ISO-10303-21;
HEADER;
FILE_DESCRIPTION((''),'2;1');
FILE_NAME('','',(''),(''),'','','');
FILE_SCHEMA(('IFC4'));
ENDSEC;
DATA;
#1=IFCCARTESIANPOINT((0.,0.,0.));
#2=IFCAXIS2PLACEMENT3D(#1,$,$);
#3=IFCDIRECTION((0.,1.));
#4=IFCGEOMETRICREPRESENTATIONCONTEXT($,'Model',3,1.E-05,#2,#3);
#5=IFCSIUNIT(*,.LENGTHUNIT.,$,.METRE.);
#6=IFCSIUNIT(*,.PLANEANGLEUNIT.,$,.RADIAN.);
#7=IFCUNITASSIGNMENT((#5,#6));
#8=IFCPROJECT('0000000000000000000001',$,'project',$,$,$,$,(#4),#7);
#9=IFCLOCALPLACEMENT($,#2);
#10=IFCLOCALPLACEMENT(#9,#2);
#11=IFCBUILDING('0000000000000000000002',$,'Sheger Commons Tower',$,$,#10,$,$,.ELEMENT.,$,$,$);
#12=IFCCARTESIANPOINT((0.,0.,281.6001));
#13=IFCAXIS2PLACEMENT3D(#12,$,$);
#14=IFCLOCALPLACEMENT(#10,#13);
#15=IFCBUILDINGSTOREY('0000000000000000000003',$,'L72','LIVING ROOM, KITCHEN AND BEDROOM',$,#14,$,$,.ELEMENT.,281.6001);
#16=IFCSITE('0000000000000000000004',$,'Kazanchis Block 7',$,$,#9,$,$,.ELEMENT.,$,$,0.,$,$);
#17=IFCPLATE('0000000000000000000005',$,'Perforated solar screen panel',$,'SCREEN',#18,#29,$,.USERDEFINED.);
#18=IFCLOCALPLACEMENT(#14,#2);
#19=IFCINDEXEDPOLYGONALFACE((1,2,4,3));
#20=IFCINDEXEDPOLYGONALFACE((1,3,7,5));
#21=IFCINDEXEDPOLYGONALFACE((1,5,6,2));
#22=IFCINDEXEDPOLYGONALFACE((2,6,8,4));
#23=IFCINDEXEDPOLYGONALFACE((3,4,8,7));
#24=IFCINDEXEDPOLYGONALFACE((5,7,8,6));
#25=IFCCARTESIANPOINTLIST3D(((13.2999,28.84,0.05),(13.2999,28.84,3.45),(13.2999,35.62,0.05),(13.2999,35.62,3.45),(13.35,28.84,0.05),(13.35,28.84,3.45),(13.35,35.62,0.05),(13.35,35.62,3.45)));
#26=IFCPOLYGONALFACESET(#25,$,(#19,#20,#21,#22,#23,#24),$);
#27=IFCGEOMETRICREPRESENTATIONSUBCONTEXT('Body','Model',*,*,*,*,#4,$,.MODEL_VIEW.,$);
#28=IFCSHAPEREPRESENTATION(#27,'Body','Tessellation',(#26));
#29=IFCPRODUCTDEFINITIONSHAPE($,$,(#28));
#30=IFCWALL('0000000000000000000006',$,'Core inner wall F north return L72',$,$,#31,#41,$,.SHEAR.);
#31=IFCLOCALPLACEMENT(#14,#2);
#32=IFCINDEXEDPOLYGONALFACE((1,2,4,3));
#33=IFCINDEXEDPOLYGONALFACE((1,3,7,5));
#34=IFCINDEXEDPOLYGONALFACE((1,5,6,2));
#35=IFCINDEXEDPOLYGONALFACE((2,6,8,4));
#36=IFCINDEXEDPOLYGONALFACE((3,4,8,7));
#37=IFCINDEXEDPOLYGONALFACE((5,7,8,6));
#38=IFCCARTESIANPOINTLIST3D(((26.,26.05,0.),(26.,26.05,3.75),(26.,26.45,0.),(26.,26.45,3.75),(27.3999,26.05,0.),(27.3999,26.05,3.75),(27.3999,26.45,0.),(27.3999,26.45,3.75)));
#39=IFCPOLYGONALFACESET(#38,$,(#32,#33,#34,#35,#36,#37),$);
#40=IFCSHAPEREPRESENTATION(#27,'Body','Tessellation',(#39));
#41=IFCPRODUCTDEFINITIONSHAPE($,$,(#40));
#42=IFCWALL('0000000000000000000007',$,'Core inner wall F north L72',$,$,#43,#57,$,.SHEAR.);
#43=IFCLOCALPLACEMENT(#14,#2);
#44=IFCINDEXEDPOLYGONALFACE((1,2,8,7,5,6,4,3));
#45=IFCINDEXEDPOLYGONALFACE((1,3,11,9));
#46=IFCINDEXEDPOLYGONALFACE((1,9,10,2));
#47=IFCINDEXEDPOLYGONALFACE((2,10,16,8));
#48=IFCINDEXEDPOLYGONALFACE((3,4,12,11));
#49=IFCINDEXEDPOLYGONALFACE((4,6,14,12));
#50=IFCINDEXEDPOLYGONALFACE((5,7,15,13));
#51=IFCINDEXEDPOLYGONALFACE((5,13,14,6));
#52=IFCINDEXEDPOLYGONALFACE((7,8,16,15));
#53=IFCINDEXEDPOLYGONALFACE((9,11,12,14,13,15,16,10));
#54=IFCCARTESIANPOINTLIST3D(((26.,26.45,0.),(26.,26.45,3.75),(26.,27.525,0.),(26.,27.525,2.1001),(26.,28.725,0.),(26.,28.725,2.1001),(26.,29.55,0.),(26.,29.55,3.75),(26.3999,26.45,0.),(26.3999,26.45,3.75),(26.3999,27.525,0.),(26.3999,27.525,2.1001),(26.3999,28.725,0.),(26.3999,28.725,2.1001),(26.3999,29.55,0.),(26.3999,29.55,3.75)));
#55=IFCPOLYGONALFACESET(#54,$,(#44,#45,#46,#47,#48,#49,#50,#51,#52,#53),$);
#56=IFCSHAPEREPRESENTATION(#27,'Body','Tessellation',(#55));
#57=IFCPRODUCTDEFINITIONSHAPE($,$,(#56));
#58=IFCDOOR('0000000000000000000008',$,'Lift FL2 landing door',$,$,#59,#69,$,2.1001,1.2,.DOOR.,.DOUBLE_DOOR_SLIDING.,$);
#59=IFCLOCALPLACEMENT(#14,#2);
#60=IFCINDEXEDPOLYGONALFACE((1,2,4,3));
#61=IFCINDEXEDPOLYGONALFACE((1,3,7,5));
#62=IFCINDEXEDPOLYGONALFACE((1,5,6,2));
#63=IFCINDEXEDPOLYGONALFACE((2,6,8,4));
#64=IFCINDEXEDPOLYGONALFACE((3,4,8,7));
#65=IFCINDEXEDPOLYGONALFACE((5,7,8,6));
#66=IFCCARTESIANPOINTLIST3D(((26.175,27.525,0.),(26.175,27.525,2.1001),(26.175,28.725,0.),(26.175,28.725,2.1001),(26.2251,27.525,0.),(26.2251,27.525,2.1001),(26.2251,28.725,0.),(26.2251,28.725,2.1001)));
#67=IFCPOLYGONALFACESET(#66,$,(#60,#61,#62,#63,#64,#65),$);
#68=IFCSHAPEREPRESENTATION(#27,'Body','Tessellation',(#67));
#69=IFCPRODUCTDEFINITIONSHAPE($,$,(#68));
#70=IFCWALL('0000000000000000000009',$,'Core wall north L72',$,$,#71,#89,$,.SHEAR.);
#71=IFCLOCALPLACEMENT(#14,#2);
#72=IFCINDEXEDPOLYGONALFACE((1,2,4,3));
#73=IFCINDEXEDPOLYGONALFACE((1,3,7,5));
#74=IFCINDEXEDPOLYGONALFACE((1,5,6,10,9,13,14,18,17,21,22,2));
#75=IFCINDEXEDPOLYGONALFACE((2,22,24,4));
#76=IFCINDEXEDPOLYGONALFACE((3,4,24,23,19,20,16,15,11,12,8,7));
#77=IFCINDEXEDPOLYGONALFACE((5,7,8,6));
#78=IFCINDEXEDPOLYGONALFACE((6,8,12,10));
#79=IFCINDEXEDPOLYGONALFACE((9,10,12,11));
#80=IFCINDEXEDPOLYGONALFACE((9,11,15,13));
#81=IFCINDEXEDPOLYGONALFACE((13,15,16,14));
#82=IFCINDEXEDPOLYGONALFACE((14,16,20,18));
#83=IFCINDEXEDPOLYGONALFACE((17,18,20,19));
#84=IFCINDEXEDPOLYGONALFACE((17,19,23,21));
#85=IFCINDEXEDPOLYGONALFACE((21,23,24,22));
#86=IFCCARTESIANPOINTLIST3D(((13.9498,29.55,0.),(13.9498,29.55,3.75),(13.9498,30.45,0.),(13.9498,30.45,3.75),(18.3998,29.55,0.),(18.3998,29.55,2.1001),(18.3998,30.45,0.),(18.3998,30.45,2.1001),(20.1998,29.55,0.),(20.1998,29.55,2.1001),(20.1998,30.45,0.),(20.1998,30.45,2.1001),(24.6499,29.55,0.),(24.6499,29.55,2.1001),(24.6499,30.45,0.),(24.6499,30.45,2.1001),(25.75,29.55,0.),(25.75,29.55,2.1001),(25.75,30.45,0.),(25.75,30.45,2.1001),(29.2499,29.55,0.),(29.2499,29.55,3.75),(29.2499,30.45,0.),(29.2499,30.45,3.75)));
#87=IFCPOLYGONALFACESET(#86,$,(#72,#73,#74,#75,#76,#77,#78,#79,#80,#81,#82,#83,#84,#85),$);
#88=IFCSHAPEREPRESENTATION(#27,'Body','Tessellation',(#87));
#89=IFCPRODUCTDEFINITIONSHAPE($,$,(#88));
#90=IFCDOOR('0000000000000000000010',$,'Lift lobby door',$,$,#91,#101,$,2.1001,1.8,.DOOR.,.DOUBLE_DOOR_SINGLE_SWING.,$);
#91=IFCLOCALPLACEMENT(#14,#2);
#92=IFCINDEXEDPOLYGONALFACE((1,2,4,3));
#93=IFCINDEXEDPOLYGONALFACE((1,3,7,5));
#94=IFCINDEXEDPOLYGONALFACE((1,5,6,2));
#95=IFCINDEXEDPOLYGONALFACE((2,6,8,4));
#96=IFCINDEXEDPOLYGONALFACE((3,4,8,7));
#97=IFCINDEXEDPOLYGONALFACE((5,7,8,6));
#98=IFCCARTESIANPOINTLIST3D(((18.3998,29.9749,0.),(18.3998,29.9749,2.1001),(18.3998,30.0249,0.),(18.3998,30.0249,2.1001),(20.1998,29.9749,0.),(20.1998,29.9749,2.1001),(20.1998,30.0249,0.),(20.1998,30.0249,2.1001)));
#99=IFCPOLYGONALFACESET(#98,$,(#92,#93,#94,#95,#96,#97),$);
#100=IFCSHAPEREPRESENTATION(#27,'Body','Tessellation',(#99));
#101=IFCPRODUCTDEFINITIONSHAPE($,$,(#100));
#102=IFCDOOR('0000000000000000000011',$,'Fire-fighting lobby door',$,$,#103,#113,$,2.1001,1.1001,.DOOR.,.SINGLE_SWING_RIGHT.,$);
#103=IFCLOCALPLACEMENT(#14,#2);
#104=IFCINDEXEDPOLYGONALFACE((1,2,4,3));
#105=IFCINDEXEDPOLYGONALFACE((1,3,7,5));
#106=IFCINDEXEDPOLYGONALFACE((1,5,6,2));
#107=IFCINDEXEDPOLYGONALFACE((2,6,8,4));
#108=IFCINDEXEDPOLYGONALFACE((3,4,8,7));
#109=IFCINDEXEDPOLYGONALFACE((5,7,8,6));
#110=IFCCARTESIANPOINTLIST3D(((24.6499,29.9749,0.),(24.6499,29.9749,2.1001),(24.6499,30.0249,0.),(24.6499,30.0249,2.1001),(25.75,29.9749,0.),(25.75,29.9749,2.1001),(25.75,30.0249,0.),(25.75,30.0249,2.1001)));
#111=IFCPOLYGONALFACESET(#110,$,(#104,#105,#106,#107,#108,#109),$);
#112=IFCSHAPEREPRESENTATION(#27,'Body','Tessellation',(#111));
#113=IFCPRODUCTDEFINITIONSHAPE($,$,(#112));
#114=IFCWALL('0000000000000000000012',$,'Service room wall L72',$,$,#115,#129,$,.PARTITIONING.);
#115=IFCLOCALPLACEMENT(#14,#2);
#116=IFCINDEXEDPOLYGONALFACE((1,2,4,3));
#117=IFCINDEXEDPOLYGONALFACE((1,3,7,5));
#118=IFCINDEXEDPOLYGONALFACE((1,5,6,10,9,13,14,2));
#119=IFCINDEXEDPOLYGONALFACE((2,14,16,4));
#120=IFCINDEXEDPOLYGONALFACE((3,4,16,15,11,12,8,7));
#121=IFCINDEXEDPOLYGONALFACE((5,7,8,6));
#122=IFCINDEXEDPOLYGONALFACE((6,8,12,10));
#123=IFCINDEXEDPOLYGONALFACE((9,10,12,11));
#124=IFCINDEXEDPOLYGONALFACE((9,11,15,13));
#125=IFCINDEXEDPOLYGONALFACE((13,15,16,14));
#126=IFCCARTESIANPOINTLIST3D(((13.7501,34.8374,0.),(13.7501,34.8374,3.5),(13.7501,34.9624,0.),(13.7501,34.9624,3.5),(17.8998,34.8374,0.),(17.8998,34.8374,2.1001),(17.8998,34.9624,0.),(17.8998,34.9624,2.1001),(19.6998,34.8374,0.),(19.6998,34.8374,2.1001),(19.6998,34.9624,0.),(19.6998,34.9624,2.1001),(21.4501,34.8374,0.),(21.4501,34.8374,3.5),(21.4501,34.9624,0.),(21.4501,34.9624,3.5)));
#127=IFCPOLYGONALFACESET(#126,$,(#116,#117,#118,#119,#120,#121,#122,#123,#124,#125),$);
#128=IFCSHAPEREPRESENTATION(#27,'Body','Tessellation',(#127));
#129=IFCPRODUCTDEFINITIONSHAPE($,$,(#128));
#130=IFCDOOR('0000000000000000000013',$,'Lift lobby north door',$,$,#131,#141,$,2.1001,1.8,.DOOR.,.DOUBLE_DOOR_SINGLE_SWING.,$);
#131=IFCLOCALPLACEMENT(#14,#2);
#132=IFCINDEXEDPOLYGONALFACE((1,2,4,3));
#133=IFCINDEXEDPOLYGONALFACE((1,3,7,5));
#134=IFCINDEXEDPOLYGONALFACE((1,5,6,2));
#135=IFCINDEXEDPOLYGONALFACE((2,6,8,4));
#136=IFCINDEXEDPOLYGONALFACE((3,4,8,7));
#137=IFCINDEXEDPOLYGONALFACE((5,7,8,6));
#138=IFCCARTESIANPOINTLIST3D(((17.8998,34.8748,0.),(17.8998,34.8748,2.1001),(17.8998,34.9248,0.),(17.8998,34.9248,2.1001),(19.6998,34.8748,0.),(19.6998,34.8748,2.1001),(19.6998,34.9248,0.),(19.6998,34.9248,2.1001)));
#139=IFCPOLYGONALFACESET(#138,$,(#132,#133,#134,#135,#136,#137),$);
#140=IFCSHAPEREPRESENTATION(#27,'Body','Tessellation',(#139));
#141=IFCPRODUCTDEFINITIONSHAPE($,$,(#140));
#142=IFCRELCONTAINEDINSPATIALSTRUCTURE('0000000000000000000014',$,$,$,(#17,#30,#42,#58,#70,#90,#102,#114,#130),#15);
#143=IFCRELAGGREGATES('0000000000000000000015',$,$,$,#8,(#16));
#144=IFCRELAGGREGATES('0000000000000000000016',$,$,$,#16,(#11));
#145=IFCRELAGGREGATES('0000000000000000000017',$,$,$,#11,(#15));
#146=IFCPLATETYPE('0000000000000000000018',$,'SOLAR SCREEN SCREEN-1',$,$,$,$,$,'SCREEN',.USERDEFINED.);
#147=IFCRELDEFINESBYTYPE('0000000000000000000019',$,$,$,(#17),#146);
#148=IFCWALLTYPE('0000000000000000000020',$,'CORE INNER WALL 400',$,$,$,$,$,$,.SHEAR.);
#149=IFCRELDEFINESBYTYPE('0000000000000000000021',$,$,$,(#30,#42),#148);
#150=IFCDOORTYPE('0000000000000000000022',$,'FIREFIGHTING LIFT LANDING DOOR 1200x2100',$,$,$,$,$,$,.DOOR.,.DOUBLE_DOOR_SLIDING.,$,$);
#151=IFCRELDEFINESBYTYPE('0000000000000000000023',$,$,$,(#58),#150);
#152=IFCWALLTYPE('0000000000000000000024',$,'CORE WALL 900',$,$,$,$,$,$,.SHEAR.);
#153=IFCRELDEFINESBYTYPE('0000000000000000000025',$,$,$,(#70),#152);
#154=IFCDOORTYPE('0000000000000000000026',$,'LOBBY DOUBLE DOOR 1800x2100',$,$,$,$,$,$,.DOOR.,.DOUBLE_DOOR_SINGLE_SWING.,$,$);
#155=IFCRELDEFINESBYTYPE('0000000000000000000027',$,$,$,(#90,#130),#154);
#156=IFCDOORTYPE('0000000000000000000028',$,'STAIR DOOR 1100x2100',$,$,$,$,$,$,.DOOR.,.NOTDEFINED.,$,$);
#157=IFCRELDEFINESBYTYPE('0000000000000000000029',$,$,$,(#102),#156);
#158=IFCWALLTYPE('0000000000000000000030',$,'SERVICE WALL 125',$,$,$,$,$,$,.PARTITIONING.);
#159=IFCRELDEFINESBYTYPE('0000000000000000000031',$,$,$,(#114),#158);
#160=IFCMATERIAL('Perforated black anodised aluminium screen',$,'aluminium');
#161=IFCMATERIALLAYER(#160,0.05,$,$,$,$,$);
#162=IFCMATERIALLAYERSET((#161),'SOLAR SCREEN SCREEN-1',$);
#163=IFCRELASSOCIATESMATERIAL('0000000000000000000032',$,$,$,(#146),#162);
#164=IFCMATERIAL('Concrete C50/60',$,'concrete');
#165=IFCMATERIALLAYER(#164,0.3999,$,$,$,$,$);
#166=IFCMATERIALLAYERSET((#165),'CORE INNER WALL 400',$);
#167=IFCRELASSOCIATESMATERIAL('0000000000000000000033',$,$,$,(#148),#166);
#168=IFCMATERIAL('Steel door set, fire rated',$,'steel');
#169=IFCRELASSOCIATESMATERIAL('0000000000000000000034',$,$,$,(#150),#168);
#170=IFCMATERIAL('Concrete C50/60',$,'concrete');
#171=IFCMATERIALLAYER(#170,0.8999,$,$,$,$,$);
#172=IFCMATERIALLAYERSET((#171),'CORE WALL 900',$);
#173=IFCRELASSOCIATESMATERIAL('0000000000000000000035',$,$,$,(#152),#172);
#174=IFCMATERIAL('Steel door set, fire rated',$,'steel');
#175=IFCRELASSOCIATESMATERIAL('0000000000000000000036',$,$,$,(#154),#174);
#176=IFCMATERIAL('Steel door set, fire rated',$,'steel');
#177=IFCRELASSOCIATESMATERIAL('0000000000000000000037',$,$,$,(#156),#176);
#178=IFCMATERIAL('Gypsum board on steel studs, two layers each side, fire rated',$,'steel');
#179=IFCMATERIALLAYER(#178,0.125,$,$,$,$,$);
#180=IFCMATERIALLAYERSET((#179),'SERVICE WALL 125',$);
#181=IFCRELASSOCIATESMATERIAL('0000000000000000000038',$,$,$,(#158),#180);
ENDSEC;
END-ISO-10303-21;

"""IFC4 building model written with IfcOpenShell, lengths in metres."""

from ifc_helpers import new_model, si_unit, direction, frame, frame_2d, origin, origin_2d, place, context, subcontext, project, spatial, rectangle, extrude, material, layer, layer_set, type_object, element, fill, save


model = new_model("IFC4")

# Units and contexts
model_context = context("Model", 3, precision=1e-05, world=origin(), true_north=direction((0.0, 1.0)))
body_context = subcontext(model_context, "Body", "Model", "MODEL_VIEW")
ifc_project = project(units=[si_unit("LENGTHUNIT", "METRE"), si_unit("PLANEANGLEUNIT", "RADIAN")], contexts=[model_context])

# Site, building, storey
site_placement = place(None, origin())
site = spatial("IfcSite", under=ifc_project, at=site_placement, Name="Kazanchis Block 7", CompositionType="ELEMENT", RefElevation=0.0)
building_placement = place(site_placement, origin())
building = spatial("IfcBuilding", under=site, at=building_placement, Name="Sheger Commons Tower", CompositionType="ELEMENT")
storey_placement = place(building_placement, frame((0.0, 0.0, 281.6001)))
storey = spatial("IfcBuildingStorey", under=building, at=storey_placement, Name="L72", Description="LIVING ROOM, KITCHEN AND BEDROOM", CompositionType="ELEMENT", Elevation=281.6001)

# Plate
ifc_material_1 = material(Name="Perforated black anodised aluminium screen", Category="aluminium")
ifc_layer_1 = layer(ifc_material_1, 0.05)
ifc_layer_set_1 = layer_set([ifc_layer_1], Name="SOLAR SCREEN SCREEN-1")
plate_type = type_object("IfcPlateType", Name="SOLAR SCREEN SCREEN-1", ElementType="SCREEN", PredefinedType="USERDEFINED", material=ifc_layer_set_1)
plate_placement = place(storey_placement, frame((13.325, 32.23, 0.05), z_axis=(0.0, 0.0, 1.0), x_axis=(0.0, -1.0, 0.0)))
element("IfcPlate", 1, at=plate_placement, inside=storey, type_object=plate_type, Name="Perforated solar screen panel", ObjectType="SCREEN", PredefinedType="USERDEFINED", context=body_context, shape_type="SweptSolid", body=[
    extrude(rectangle(XDim=6.78, YDim=0.05, at=origin_2d()), origin(), (0.0, 0.0, 1.0), 3.3999),
])

# Wall
ifc_material_2 = material(Name="Concrete C50/60", Category="concrete")
ifc_layer_2 = layer(ifc_material_2, 0.3999)
ifc_layer_set_2 = layer_set([ifc_layer_2], Name="CORE INNER WALL 400")
wall_type_1 = type_object("IfcWallType", Name="CORE INNER WALL 400", PredefinedType="SHEAR", material=ifc_layer_set_2)
wall_1_placement = place(storey_placement, frame((26.0, 26.25, 0.0), z_axis=(0.0, 0.0, 1.0), x_axis=(1.0, 0.0, 0.0)))
element("IfcWall", 2, at=wall_1_placement, inside=storey, type_object=wall_type_1, Name="Core inner wall F north return L72", PredefinedType="SHEAR", context=body_context, shape_type="SweptSolid", body=[
    extrude(rectangle(XDim=1.3999, YDim=0.3999, at=frame_2d((0.7, 0.0))), origin(), (0.0, 0.0, 1.0), 3.75),
])

# Wall, opening, door
wall_2_placement = place(storey_placement, frame((26.2, 26.45, 0.0), z_axis=(0.0, 0.0, 1.0), x_axis=(0.0, 1.0, 0.0)))
wall_2 = element("IfcWall", 3, at=wall_2_placement, inside=storey, type_object=wall_type_1, Name="Core inner wall F north L72", PredefinedType="SHEAR", context=body_context, shape_type="SweptSolid", body=[
    extrude(rectangle(XDim=3.1001, YDim=0.3999, at=frame_2d((1.55, 0.0))), origin(), (0.0, 0.0, 1.0), 3.75),
])
opening_1_placement = place(wall_2_placement, frame((1.075, 0.0, 0.0)))
opening_1 = element("IfcOpeningElement", 4, at=opening_1_placement, cuts=wall_2, PredefinedType="OPENING", context=body_context, shape_type="SweptSolid", body=[
    extrude(rectangle(XDim=1.2, YDim=2.1001, at=frame_2d((0.6001, 1.05))), frame((0.0, 0.21, 0.0), z_axis=(0.0, -1.0, 0.0), x_axis=(1.0, 0.0, 0.0)), (0.0, 0.0, 1.0), 0.4199),
])
ifc_material_3 = material(Name="Steel door set, fire rated", Category="steel")
door_type_1 = type_object("IfcDoorType", Name="FIREFIGHTING LIFT LANDING DOOR 1200x2100", OperationType="DOUBLE_DOOR_SLIDING", PredefinedType="DOOR", material=ifc_material_3)
door_1_placement = place(opening_1_placement, origin())
door_1 = element("IfcDoor", 5, at=door_1_placement, inside=storey, type_object=door_type_1, Name="Lift FL2 landing door", OperationType="DOUBLE_DOOR_SLIDING", OverallHeight=2.1001, OverallWidth=1.2, PredefinedType="DOOR", context=body_context, shape_type="SweptSolid", body=[
    extrude(rectangle(XDim=1.2, YDim=2.1001, at=frame_2d((0.6001, 1.05))), frame((0.0, 0.0249, 0.0), z_axis=(0.0, -1.0, 0.0), x_axis=(1.0, 0.0, 0.0)), (0.0, 0.0, 1.0), 0.05),
])
fill(opening_1, door_1)

# Wall, openings, doors
ifc_material_4 = material(Name="Concrete C50/60", Category="concrete")
ifc_layer_3 = layer(ifc_material_4, 0.8999)
ifc_layer_set_3 = layer_set([ifc_layer_3], Name="CORE WALL 900")
wall_type_2 = type_object("IfcWallType", Name="CORE WALL 900", PredefinedType="SHEAR", material=ifc_layer_set_3)
wall_3_placement = place(storey_placement, frame((13.95, 30.0, 0.0), z_axis=(0.0, 0.0, 1.0), x_axis=(1.0, 0.0, 0.0)))
wall_3 = element("IfcWall", 6, at=wall_3_placement, inside=storey, type_object=wall_type_2, Name="Core wall north L72", PredefinedType="SHEAR", context=body_context, shape_type="SweptSolid", body=[
    extrude(rectangle(XDim=15.3, YDim=0.8999, at=frame_2d((7.6499, 0.0))), origin(), (0.0, 0.0, 1.0), 3.75),
])
opening_2_placement = place(wall_3_placement, frame((4.45, 0.0, 0.0)))
opening_2 = element("IfcOpeningElement", 7, at=opening_2_placement, cuts=wall_3, PredefinedType="OPENING", context=body_context, shape_type="SweptSolid", body=[
    extrude(rectangle(XDim=1.8, YDim=2.1001, at=frame_2d((0.8999, 1.05))), frame((0.0, 0.46, 0.0), z_axis=(0.0, -1.0, 0.0), x_axis=(1.0, 0.0, 0.0)), (0.0, 0.0, 1.0), 0.9199),
])
opening_3_placement = place(wall_3_placement, frame((10.7, 0.0, 0.0)))
opening_3 = element("IfcOpeningElement", 8, at=opening_3_placement, cuts=wall_3, PredefinedType="OPENING", context=body_context, shape_type="SweptSolid", body=[
    extrude(rectangle(XDim=1.1001, YDim=2.1001, at=frame_2d((0.55, 1.05))), frame((0.0, 0.46, 0.0), z_axis=(0.0, -1.0, 0.0), x_axis=(1.0, 0.0, 0.0)), (0.0, 0.0, 1.0), 0.9199),
])
ifc_material_5 = material(Name="Steel door set, fire rated", Category="steel")
door_type_2 = type_object("IfcDoorType", Name="LOBBY DOUBLE DOOR 1800x2100", OperationType="DOUBLE_DOOR_SINGLE_SWING", PredefinedType="DOOR", material=ifc_material_5)
door_2_placement = place(opening_2_placement, origin())
door_2 = element("IfcDoor", 9, at=door_2_placement, inside=storey, type_object=door_type_2, Name="Lift lobby door", OperationType="DOUBLE_DOOR_SINGLE_SWING", OverallHeight=2.1001, OverallWidth=1.8, PredefinedType="DOOR", context=body_context, shape_type="SweptSolid", body=[
    extrude(rectangle(XDim=1.8, YDim=2.1001, at=frame_2d((0.8999, 1.05))), frame((0.0, 0.0249, 0.0), z_axis=(0.0, -1.0, 0.0), x_axis=(1.0, 0.0, 0.0)), (0.0, 0.0, 1.0), 0.05),
])
fill(opening_2, door_2)
ifc_material_6 = material(Name="Steel door set, fire rated", Category="steel")
door_type_3 = type_object("IfcDoorType", Name="STAIR DOOR 1100x2100", OperationType="NOTDEFINED", PredefinedType="DOOR", material=ifc_material_6)
door_3_placement = place(opening_3_placement, origin())
door_3 = element("IfcDoor", 10, at=door_3_placement, inside=storey, type_object=door_type_3, Name="Fire-fighting lobby door", OperationType="SINGLE_SWING_RIGHT", OverallHeight=2.1001, OverallWidth=1.1001, PredefinedType="DOOR", context=body_context, shape_type="SweptSolid", body=[
    extrude(rectangle(XDim=1.1001, YDim=2.1001, at=frame_2d((0.55, 1.05))), frame((0.0, 0.0249, 0.0), z_axis=(0.0, -1.0, 0.0), x_axis=(1.0, 0.0, 0.0)), (0.0, 0.0, 1.0), 0.05),
])
fill(opening_3, door_3)

# Wall, opening, door
ifc_material_7 = material(Name="Gypsum board on steel studs, two layers each side, fire rated", Category="steel")
ifc_layer_4 = layer(ifc_material_7, 0.125)
ifc_layer_set_4 = layer_set([ifc_layer_4], Name="SERVICE WALL 125")
wall_type_3 = type_object("IfcWallType", Name="SERVICE WALL 125", PredefinedType="PARTITIONING", material=ifc_layer_set_4)
wall_4_placement = place(storey_placement, frame((13.75, 34.8999, 0.0), z_axis=(0.0, 0.0, 1.0), x_axis=(1.0, 0.0, 0.0)))
wall_4 = element("IfcWall", 11, at=wall_4_placement, inside=storey, type_object=wall_type_3, Name="Service room wall L72", PredefinedType="PARTITIONING", context=body_context, shape_type="SweptSolid", body=[
    extrude(rectangle(XDim=7.7, YDim=0.125, at=frame_2d((3.8501, 0.0))), origin(), (0.0, 0.0, 1.0), 3.5),
])
opening_4_placement = place(wall_4_placement, frame((4.1499, 0.0, 0.0)))
opening_4 = element("IfcOpeningElement", 12, at=opening_4_placement, cuts=wall_4, PredefinedType="OPENING", context=body_context, shape_type="SweptSolid", body=[
    extrude(rectangle(XDim=1.8, YDim=2.1001, at=frame_2d((0.8999, 1.05))), frame((0.0, 0.0725, 0.0), z_axis=(0.0, -1.0, 0.0), x_axis=(1.0, 0.0, 0.0)), (0.0, 0.0, 1.0), 0.145),
])
door_4_placement = place(opening_4_placement, origin())
door_4 = element("IfcDoor", 13, at=door_4_placement, inside=storey, type_object=door_type_2, Name="Lift lobby north door", OperationType="DOUBLE_DOOR_SINGLE_SWING", OverallHeight=2.1001, OverallWidth=1.8, PredefinedType="DOOR", context=body_context, shape_type="SweptSolid", body=[
    extrude(rectangle(XDim=1.8, YDim=2.1001, at=frame_2d((0.8999, 1.05))), frame((0.0, 0.0249, 0.0), z_axis=(0.0, -1.0, 0.0), x_axis=(1.0, 0.0, 0.0)), (0.0, 0.0, 1.0), 0.05),
])
fill(opening_4, door_4)

save(model, "model.ifc")
